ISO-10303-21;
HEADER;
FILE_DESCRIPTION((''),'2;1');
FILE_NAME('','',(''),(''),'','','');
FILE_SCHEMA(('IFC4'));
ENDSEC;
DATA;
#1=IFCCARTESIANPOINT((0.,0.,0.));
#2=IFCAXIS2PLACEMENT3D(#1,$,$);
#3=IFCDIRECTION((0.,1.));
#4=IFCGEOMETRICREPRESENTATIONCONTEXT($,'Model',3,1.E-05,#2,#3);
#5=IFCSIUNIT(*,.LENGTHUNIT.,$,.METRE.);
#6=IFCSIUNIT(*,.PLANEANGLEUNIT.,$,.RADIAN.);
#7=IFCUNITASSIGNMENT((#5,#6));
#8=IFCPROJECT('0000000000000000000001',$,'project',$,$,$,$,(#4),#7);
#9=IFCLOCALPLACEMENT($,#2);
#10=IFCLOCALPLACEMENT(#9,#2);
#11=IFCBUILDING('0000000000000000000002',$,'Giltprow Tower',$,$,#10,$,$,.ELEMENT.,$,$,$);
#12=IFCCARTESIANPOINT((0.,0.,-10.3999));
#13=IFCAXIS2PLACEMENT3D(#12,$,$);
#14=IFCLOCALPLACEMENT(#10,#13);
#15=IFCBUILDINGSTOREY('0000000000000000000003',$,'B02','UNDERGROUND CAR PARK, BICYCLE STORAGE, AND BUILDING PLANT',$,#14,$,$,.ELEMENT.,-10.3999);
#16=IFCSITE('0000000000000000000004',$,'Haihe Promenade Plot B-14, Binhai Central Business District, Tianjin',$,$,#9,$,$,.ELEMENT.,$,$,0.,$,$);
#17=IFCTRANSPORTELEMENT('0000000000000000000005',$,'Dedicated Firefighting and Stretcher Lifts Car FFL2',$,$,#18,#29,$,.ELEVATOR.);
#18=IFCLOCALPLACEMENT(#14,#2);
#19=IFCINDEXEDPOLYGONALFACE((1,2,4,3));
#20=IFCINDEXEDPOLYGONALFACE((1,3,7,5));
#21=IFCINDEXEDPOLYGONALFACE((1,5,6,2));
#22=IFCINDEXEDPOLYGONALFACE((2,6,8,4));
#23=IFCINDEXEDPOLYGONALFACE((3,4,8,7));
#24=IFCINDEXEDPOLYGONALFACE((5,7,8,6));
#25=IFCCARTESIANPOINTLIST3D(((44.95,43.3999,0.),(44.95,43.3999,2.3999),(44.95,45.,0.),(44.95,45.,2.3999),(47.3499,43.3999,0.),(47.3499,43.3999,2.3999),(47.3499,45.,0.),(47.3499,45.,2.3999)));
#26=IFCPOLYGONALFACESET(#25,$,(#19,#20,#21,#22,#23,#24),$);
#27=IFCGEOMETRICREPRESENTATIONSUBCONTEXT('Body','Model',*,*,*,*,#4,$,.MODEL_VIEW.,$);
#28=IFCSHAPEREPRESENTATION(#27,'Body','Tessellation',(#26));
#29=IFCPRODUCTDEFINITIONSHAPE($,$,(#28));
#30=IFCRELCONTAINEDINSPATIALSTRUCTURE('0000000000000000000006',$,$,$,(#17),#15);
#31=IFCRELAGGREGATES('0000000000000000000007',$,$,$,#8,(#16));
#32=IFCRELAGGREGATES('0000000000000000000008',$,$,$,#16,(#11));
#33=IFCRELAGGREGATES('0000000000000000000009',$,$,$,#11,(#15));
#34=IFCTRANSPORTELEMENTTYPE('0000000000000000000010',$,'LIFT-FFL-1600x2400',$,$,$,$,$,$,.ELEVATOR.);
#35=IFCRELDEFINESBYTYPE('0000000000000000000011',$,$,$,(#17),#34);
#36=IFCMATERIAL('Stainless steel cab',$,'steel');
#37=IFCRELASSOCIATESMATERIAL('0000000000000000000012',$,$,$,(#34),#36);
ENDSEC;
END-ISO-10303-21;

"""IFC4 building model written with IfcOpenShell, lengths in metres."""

from ifc_helpers import new_model, si_unit, direction, frame, origin, origin_2d, place, context, subcontext, project, spatial, rectangle, extrude, source, transform, mapped, material, type_object, element, save


model = new_model("IFC4")

# Units and contexts
model_context = context("Model", 3, precision=1e-05, world=origin(), true_north=direction((0.0, 1.0)))
body_context = subcontext(model_context, "Body", "Model", "MODEL_VIEW")
ifc_project = project(units=[si_unit("LENGTHUNIT", "METRE"), si_unit("PLANEANGLEUNIT", "RADIAN")], contexts=[model_context])

# Site, building, storey
site_placement = place(None, origin())
site = spatial("IfcSite", under=ifc_project, at=site_placement, Name="Haihe Promenade Plot B-14, Binhai Central Business District, Tianjin", CompositionType="ELEMENT", RefElevation=0.0)
building_placement = place(site_placement, origin())
building = spatial("IfcBuilding", under=site, at=building_placement, Name="Giltprow Tower", CompositionType="ELEMENT")
storey_placement = place(building_placement, frame((0.0, 0.0, -10.3999)))
storey = spatial("IfcBuildingStorey", under=building, at=storey_placement, Name="B02", Description="UNDERGROUND CAR PARK, BICYCLE STORAGE, AND BUILDING PLANT", CompositionType="ELEMENT", Elevation=-10.3999)

# Transport element
ifc_material_1 = material(Name="Stainless steel cab", Category="steel")
transport_element_type = type_object("IfcTransportElementType", Name="LIFT-FFL-1600x2400", PredefinedType="ELEVATOR", material=ifc_material_1)
shared_shape_1 = source(origin(), body_context, "Body", "SweptSolid", [
    extrude(rectangle(XDim=2.3999, YDim=1.6001, at=origin_2d()), origin(), (0.0, 0.0, 1.0), 2.3999),
])
transport_element_placement = place(storey_placement, frame((46.1499, 44.2, 0.0), z_axis=(0.0, 0.0, 1.0), x_axis=(1.0, 0.0, 0.0)))
element("IfcTransportElement", 1, at=transport_element_placement, inside=storey, type_object=transport_element_type, Name="Dedicated Firefighting and Stretcher Lifts Car FFL2", PredefinedType="ELEVATOR", context=body_context, shape_type="MappedRepresentation", body=[
    mapped(shared_shape_1, transform((0.0, 0.0, 0.0), x_axis=(1.0, 0.0, 0.0), y_axis=(0.0, 1.0, 0.0), z_axis=(0.0, 0.0, 1.0), scale=1.0)),
])

save(model, "model.ifc")
